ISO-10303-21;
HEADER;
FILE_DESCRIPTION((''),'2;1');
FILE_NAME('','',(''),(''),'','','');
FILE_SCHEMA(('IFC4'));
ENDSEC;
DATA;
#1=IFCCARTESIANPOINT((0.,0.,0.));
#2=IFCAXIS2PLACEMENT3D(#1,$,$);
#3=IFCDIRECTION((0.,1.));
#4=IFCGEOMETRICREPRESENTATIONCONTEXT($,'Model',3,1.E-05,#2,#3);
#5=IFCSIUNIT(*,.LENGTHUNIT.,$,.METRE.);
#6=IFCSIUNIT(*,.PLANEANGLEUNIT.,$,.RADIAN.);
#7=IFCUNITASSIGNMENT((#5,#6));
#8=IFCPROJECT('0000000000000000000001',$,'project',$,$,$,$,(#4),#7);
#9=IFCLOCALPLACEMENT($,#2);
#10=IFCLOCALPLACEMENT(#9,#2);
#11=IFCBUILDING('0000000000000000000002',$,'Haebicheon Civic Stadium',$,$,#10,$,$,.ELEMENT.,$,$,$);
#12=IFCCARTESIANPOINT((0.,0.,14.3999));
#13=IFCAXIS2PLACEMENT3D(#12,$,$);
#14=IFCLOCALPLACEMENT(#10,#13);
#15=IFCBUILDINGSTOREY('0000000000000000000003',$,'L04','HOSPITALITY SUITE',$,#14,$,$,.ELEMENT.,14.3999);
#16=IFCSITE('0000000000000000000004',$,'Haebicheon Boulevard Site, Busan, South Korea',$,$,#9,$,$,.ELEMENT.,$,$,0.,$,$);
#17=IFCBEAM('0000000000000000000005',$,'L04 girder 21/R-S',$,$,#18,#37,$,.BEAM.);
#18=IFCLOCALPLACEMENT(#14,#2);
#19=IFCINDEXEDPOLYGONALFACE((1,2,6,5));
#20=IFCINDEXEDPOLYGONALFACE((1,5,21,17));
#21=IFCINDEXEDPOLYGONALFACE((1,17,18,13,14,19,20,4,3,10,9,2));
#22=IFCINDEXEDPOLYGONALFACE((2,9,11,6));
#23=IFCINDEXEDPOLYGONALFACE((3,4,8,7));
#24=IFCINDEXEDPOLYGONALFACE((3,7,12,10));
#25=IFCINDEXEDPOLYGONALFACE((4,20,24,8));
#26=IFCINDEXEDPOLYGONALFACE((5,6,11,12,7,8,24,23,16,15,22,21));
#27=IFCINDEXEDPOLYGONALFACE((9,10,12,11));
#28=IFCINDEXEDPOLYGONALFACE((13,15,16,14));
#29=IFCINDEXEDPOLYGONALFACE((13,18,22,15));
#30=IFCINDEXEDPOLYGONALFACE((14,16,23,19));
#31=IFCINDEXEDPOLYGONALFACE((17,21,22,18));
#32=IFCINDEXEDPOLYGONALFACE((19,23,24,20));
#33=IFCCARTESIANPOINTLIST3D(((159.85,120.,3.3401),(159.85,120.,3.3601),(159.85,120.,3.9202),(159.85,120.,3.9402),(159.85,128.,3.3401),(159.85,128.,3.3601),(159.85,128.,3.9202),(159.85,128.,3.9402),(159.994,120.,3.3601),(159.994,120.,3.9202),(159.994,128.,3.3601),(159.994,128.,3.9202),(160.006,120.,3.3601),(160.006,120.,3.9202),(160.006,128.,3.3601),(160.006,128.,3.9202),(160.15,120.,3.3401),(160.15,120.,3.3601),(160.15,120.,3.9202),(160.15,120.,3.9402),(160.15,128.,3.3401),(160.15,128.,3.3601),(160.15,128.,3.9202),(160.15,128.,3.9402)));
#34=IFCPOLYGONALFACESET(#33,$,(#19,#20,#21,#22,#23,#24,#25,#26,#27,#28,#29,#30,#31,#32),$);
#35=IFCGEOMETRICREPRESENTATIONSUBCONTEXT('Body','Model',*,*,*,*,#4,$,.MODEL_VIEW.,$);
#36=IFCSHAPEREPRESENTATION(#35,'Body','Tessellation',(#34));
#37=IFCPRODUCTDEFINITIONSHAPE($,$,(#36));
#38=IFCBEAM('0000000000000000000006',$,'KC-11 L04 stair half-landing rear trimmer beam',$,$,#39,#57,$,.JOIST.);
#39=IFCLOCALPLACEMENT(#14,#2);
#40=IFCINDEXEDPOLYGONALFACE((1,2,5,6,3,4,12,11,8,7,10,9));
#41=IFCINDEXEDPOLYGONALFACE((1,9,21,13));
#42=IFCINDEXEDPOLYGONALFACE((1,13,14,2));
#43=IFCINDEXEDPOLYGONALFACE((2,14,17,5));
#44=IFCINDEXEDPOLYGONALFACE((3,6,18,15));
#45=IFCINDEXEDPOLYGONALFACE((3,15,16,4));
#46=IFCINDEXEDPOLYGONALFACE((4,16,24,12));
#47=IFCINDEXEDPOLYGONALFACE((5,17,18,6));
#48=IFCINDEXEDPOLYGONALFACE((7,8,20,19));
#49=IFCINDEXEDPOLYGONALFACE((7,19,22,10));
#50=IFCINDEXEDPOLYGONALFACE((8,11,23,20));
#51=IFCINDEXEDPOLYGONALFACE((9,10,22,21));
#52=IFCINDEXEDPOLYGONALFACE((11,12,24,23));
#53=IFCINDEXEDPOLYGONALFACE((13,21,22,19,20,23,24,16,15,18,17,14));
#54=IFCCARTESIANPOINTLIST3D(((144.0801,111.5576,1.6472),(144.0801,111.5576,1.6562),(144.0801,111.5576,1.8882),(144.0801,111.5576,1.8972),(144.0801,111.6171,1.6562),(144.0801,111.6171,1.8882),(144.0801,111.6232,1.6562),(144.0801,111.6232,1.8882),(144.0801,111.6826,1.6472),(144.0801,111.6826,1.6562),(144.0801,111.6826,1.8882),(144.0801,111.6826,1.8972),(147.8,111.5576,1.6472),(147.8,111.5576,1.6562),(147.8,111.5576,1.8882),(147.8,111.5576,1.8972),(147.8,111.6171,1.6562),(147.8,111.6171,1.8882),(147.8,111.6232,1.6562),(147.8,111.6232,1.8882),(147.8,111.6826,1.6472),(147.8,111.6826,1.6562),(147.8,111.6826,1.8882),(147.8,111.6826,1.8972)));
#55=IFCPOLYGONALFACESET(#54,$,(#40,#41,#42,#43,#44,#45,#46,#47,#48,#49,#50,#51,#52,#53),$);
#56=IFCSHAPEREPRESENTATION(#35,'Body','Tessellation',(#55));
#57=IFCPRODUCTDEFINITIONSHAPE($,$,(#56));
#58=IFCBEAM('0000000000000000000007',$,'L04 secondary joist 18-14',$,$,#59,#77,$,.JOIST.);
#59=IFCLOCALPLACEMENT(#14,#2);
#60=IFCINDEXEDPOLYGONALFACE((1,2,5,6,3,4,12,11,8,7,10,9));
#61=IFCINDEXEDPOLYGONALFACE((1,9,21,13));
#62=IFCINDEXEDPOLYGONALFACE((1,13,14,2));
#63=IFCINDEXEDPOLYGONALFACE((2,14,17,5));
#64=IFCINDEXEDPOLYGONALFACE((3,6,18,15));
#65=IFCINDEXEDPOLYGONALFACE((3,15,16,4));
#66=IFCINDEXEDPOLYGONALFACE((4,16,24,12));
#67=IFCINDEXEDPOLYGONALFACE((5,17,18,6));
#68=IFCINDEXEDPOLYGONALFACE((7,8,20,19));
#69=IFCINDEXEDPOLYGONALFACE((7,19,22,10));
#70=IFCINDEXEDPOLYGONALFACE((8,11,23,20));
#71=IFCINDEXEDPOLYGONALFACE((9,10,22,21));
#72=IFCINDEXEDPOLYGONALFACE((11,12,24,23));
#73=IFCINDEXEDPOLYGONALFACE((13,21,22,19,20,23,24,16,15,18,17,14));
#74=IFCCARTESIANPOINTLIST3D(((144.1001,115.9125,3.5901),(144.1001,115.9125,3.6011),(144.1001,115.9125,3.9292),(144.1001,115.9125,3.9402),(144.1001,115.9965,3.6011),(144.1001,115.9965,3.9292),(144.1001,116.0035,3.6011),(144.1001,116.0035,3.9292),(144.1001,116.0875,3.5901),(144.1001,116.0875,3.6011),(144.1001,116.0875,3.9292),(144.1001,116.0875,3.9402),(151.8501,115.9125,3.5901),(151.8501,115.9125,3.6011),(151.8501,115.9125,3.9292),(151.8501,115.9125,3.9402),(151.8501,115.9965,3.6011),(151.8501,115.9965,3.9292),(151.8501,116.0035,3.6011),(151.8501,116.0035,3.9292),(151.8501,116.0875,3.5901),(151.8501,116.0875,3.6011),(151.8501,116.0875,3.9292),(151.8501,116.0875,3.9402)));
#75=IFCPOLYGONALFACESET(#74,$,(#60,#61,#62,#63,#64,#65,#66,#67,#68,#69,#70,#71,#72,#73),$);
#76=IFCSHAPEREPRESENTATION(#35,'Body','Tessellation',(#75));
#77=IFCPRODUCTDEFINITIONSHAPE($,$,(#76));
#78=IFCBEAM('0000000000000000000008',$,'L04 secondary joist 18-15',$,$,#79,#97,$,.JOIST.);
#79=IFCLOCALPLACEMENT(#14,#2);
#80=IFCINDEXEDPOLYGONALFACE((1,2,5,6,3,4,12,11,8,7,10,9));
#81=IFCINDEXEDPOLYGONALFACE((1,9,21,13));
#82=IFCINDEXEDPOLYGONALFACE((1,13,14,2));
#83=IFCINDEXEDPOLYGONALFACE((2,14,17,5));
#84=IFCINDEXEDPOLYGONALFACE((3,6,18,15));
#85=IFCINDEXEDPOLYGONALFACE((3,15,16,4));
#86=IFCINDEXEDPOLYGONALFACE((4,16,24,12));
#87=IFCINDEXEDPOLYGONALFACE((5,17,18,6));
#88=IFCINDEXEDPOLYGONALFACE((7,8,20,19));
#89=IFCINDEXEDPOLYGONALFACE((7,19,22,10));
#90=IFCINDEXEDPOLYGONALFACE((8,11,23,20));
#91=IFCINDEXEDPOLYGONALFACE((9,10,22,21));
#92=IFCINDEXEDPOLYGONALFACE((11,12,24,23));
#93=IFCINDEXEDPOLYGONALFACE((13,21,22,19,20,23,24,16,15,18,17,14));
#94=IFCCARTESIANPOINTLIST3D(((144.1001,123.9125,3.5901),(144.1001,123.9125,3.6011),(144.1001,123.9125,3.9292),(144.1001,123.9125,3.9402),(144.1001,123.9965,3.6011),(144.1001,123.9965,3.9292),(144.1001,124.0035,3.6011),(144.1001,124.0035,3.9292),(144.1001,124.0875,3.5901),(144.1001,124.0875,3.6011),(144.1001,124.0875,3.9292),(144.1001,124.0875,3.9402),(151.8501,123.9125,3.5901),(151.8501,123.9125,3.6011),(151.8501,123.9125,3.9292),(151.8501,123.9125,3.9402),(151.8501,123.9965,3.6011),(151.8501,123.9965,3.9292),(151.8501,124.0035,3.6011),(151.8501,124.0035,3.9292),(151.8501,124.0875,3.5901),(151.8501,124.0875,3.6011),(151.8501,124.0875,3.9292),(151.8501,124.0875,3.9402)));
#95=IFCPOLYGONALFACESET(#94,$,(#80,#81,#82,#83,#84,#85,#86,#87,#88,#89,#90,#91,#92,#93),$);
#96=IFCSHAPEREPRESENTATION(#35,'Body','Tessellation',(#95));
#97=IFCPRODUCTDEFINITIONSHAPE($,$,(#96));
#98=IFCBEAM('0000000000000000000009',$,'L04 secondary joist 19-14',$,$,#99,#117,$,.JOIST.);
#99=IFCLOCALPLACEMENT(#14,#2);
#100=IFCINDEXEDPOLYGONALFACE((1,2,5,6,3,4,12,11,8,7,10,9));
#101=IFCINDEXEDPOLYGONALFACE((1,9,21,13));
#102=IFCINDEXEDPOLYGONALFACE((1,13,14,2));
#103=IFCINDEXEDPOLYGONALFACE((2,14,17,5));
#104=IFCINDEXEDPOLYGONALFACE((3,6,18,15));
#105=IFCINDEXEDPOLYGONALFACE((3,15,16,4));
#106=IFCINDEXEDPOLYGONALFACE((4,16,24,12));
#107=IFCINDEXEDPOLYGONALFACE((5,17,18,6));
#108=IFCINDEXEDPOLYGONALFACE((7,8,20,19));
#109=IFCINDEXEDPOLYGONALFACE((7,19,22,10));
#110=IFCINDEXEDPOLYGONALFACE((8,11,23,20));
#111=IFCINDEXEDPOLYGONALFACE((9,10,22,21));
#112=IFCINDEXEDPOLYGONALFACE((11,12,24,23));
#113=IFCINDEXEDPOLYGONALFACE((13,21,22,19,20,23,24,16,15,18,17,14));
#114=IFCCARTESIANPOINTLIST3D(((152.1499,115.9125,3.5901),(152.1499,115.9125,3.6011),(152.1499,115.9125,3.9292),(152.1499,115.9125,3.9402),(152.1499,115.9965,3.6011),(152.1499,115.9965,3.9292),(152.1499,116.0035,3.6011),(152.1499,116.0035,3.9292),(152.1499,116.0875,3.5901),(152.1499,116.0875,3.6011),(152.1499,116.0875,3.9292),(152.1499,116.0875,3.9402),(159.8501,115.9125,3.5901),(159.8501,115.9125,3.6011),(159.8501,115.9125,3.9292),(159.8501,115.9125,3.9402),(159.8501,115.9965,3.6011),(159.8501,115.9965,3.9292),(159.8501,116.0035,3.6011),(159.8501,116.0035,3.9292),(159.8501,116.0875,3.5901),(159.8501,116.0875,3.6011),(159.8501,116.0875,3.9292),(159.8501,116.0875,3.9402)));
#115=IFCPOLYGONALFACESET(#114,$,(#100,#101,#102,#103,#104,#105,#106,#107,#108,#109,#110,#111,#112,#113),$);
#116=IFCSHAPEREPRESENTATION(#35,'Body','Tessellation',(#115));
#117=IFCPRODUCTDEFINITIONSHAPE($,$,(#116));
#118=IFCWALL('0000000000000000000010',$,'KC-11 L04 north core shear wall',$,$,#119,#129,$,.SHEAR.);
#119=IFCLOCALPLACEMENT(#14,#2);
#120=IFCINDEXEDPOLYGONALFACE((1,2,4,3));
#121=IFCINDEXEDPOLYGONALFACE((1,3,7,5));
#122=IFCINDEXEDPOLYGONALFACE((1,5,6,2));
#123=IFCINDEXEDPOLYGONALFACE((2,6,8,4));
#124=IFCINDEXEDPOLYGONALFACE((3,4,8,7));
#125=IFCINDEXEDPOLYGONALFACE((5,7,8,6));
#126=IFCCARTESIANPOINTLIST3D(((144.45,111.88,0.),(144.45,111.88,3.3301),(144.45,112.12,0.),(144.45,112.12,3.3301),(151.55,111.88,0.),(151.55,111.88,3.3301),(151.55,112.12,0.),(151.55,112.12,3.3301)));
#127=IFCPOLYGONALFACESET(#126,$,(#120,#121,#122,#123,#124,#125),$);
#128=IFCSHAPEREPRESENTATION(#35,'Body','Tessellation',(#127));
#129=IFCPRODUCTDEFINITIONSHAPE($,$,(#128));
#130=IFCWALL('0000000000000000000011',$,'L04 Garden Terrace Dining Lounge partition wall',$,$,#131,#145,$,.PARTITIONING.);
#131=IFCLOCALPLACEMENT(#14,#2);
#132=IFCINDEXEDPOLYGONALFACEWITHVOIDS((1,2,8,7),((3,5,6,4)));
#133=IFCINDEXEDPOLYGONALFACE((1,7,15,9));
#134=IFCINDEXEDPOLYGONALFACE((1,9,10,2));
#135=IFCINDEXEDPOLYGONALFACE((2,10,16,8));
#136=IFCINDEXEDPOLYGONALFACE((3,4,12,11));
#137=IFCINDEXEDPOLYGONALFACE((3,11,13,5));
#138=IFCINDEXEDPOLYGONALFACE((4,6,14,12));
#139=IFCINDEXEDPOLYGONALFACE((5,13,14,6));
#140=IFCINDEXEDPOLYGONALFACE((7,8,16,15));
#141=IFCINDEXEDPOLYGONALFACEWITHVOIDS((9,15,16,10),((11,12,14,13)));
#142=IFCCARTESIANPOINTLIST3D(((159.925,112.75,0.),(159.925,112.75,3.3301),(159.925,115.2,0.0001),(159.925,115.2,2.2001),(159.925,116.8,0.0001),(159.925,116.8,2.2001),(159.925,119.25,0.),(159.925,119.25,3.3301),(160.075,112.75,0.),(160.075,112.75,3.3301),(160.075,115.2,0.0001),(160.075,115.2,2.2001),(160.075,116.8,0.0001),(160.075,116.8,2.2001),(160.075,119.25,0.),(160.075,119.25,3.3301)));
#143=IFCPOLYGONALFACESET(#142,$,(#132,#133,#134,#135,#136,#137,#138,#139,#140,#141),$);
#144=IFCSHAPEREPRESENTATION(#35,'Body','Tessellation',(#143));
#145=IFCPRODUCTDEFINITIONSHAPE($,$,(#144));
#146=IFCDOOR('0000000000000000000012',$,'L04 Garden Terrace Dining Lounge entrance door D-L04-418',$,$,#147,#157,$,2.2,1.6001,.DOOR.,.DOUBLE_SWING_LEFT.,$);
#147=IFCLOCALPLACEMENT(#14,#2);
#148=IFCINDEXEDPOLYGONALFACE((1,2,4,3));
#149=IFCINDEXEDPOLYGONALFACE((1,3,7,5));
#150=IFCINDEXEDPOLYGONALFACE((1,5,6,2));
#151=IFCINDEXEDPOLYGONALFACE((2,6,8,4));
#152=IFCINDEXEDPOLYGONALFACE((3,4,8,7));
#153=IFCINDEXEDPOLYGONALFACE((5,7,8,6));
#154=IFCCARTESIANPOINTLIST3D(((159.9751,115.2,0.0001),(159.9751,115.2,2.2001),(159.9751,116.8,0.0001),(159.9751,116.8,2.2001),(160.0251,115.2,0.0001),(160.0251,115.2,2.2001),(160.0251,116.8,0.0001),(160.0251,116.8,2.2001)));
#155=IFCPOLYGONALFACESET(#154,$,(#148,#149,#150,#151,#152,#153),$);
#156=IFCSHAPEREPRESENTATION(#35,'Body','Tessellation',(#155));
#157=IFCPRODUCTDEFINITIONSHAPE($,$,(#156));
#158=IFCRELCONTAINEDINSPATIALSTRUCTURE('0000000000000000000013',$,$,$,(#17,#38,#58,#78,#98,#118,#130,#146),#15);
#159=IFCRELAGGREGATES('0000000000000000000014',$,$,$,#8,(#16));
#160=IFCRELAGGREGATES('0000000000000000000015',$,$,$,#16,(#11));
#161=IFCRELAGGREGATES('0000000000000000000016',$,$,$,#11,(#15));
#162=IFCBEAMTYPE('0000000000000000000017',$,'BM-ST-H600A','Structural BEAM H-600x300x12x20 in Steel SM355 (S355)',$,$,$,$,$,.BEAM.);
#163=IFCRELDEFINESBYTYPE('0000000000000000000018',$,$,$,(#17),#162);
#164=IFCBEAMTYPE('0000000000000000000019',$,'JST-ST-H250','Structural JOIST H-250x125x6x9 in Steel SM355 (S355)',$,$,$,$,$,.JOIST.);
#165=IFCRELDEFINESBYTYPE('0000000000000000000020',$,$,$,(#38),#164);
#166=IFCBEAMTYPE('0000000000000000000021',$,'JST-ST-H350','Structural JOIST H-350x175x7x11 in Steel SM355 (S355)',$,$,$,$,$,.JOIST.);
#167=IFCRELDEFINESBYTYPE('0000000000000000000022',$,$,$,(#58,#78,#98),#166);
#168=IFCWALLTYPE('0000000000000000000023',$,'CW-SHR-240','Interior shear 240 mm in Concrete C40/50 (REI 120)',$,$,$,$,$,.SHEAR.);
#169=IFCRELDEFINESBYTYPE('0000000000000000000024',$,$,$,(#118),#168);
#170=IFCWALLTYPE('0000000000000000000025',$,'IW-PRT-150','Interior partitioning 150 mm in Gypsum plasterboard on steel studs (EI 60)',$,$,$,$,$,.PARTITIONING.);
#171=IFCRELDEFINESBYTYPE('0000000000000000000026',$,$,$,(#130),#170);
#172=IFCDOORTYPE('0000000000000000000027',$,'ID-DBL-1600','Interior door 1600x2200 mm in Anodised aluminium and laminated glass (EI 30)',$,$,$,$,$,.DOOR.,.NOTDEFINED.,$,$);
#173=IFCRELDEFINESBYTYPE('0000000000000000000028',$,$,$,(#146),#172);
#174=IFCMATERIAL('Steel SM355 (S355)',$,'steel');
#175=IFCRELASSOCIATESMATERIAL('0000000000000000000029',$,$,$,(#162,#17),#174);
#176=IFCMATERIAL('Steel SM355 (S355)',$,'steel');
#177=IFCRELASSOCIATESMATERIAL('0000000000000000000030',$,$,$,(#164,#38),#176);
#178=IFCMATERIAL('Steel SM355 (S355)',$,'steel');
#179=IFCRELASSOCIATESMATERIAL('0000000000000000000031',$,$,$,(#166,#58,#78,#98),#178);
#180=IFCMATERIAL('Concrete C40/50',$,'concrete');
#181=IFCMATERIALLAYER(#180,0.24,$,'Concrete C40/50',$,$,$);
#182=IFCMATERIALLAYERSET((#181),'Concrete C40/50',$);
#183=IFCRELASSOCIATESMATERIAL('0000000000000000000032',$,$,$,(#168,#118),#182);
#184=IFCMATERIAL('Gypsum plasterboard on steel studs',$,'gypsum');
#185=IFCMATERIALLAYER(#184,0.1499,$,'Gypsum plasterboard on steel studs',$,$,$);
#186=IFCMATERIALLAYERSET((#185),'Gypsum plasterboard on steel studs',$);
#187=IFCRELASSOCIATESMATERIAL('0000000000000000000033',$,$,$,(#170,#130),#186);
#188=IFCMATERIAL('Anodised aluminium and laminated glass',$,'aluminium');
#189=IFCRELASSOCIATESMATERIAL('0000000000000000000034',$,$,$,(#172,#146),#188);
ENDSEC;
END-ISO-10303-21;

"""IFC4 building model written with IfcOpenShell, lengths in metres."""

from ifc_helpers import new_model, si_unit, direction, frame, frame_2d, origin, origin_2d, place, context, subcontext, project, spatial, rectangle, i_section, extrude, material, layer, layer_set, material_profile, profile_set, type_object, element, fill, save


model = new_model("IFC4")

# Units and contexts
model_context = context("Model", 3, precision=1e-05, world=origin(), true_north=direction((0.0, 1.0)))
body_context = subcontext(model_context, "Body", "Model", "MODEL_VIEW")
ifc_project = project(units=[si_unit("LENGTHUNIT", "METRE"), si_unit("PLANEANGLEUNIT", "RADIAN")], contexts=[model_context])

# Site, building, storey
site_placement = place(None, origin())
site = spatial("IfcSite", under=ifc_project, at=site_placement, Name="Haebicheon Boulevard Site, Busan, South Korea", CompositionType="ELEMENT", RefElevation=0.0)
building_placement = place(site_placement, origin())
building = spatial("IfcBuilding", under=site, at=building_placement, Name="Haebicheon Civic Stadium", CompositionType="ELEMENT")
storey_placement = place(building_placement, frame((0.0, 0.0, 14.3999)))
storey = spatial("IfcBuildingStorey", under=building, at=storey_placement, Name="L04", Description="HOSPITALITY SUITE", CompositionType="ELEMENT", Elevation=14.3999)

# Beams
ifc_material_1 = material(Name="Steel SM355 (S355)", Category="steel")
ifc_material_profile_1 = material_profile(ifc_material_1, i_section(OverallWidth=0.3, OverallDepth=0.6001, WebThickness=0.012, FlangeThickness=0.02, at=origin_2d()), Name="H-600x300x12x20")
ifc_profile_set_1 = profile_set([ifc_material_profile_1], Name="Steel SM355 (S355)")
beam_type_1 = type_object("IfcBeamType", Name="BM-ST-H600A", Description="Structural BEAM H-600x300x12x20 in Steel SM355 (S355)", PredefinedType="BEAM", material=ifc_profile_set_1)
for number, where, z_axis, x_axis, name in (
    (1, (160.0, 120.0, 3.6401), (0.0, 1.0, 0.0), (-1.0, 0.0, 0.0), "L04 girder 21/R-S"),
):
    element("IfcBeam", number, at=place(storey_placement, frame(where, z_axis=z_axis, x_axis=x_axis)), inside=storey, type_object=beam_type_1, material=ifc_profile_set_1, Name=name, PredefinedType="BEAM", context=body_context, shape_type="SweptSolid", body=[
        extrude(i_section(OverallWidth=0.3, OverallDepth=0.6001, WebThickness=0.012, FlangeThickness=0.02, at=origin_2d()), origin(), (0.0, 0.0, 1.0), 8.0),
    ])
ifc_material_2 = material(Name="Steel SM355 (S355)", Category="steel")
ifc_material_profile_2 = material_profile(ifc_material_2, i_section(OverallWidth=0.125, OverallDepth=0.25, WebThickness=0.0061, FlangeThickness=0.009, at=origin_2d()), Name="H-250x125x6x9")
ifc_profile_set_2 = profile_set([ifc_material_profile_2], Name="Steel SM355 (S355)")
beam_type_2 = type_object("IfcBeamType", Name="JST-ST-H250", Description="Structural JOIST H-250x125x6x9 in Steel SM355 (S355)", PredefinedType="JOIST", material=ifc_profile_set_2)
beam_1_placement = place(storey_placement, frame((144.0801, 111.6201, 1.7722), z_axis=(1.0, 0.0, 0.0), x_axis=(0.0, 1.0, 0.0)))
element("IfcBeam", 2, at=beam_1_placement, inside=storey, type_object=beam_type_2, material=ifc_profile_set_2, Name="KC-11 L04 stair half-landing rear trimmer beam", PredefinedType="JOIST", context=body_context, shape_type="SweptSolid", body=[
    extrude(i_section(OverallWidth=0.125, OverallDepth=0.25, WebThickness=0.0061, FlangeThickness=0.009, at=origin_2d()), origin(), (0.0, 0.0, 1.0), 3.72),
])
ifc_material_3 = material(Name="Steel SM355 (S355)", Category="steel")
ifc_material_profile_3 = material_profile(ifc_material_3, i_section(OverallWidth=0.175, OverallDepth=0.3501, WebThickness=0.0071, FlangeThickness=0.011, at=origin_2d()), Name="H-350x175x7x11")
ifc_profile_set_3 = profile_set([ifc_material_profile_3], Name="Steel SM355 (S355)")
beam_type_3 = type_object("IfcBeamType", Name="JST-ST-H350", Description="Structural JOIST H-350x175x7x11 in Steel SM355 (S355)", PredefinedType="JOIST", material=ifc_profile_set_3)
for number, where, z_axis, x_axis, name in (
    (3, (144.1001, 116.0, 3.7651), (1.0, 0.0, 0.0), (0.0, 1.0, 0.0), "L04 secondary joist 18-14"),
    (4, (144.1001, 124.0, 3.7651), (1.0, 0.0, 0.0), (0.0, 1.0, 0.0), "L04 secondary joist 18-15"),
):
    element("IfcBeam", number, at=place(storey_placement, frame(where, z_axis=z_axis, x_axis=x_axis)), inside=storey, type_object=beam_type_3, material=ifc_profile_set_3, Name=name, PredefinedType="JOIST", context=body_context, shape_type="SweptSolid", body=[
        extrude(i_section(OverallWidth=0.175, OverallDepth=0.3501, WebThickness=0.0071, FlangeThickness=0.011, at=origin_2d()), origin(), (0.0, 0.0, 1.0), 7.75),
    ])
beam_2_placement = place(storey_placement, frame((152.1499, 116.0, 3.7651), z_axis=(1.0, 0.0, 0.0), x_axis=(0.0, 1.0, 0.0)))
element("IfcBeam", 5, at=beam_2_placement, inside=storey, type_object=beam_type_3, material=ifc_profile_set_3, Name="L04 secondary joist 19-14", PredefinedType="JOIST", context=body_context, shape_type="SweptSolid", body=[
    extrude(i_section(OverallWidth=0.175, OverallDepth=0.3501, WebThickness=0.0071, FlangeThickness=0.011, at=origin_2d()), origin(), (0.0, 0.0, 1.0), 7.7002),
])

# Wall
ifc_material_4 = material(Name="Concrete C40/50", Category="concrete")
ifc_layer_1 = layer(ifc_material_4, 0.24, Name="Concrete C40/50")
ifc_layer_set_1 = layer_set([ifc_layer_1], Name="Concrete C40/50")
wall_type_1 = type_object("IfcWallType", Name="CW-SHR-240", Description="Interior shear 240 mm in Concrete C40/50 (REI 120)", PredefinedType="SHEAR", material=ifc_layer_set_1)
wall_1_placement = place(storey_placement, frame((144.45, 112.0, 0.0), z_axis=(0.0, 0.0, 1.0), x_axis=(1.0, 0.0, 0.0)))
element("IfcWall", 6, at=wall_1_placement, inside=storey, type_object=wall_type_1, material=ifc_layer_set_1, Name="KC-11 L04 north core shear wall", PredefinedType="SHEAR", context=body_context, shape_type="SweptSolid", body=[
    extrude(rectangle(XDim=7.1001, YDim=0.24, at=frame_2d((3.55, 0.0))), origin(), (0.0, 0.0, 1.0), 3.3301),
])

# Wall, opening, door
ifc_material_5 = material(Name="Gypsum plasterboard on steel studs", Category="gypsum")
ifc_layer_2 = layer(ifc_material_5, 0.1499, Name="Gypsum plasterboard on steel studs")
ifc_layer_set_2 = layer_set([ifc_layer_2], Name="Gypsum plasterboard on steel studs")
wall_type_2 = type_object("IfcWallType", Name="IW-PRT-150", Description="Interior partitioning 150 mm in Gypsum plasterboard on steel studs (EI 60)", PredefinedType="PARTITIONING", material=ifc_layer_set_2)
wall_2_placement = place(storey_placement, frame((160.0, 112.75, 0.0), z_axis=(0.0, 0.0, 1.0), x_axis=(0.0, 1.0, 0.0)))
wall_2 = element("IfcWall", 7, at=wall_2_placement, inside=storey, type_object=wall_type_2, material=ifc_layer_set_2, Name="L04 Garden Terrace Dining Lounge partition wall", PredefinedType="PARTITIONING", context=body_context, shape_type="SweptSolid", body=[
    extrude(rectangle(XDim=6.5, YDim=0.1499, at=frame_2d((3.25, 0.0))), origin(), (0.0, 0.0, 1.0), 3.3301),
])
opening_placement = place(wall_2_placement, frame((2.45, 0.0, 0.0)))
opening = element("IfcOpeningElement", 8, at=opening_placement, cuts=wall_2, PredefinedType="OPENING", context=body_context, shape_type="SweptSolid", body=[
    extrude(rectangle(XDim=1.6001, YDim=2.2, at=frame_2d((0.8, 1.1001))), frame((0.0, 0.085, 0.0), z_axis=(0.0, -1.0, 0.0), x_axis=(1.0, 0.0, 0.0)), (0.0, 0.0, 1.0), 0.1699),
])
ifc_material_6 = material(Name="Anodised aluminium and laminated glass", Category="aluminium")
door_type = type_object("IfcDoorType", Name="ID-DBL-1600", Description="Interior door 1600x2200 mm in Anodised aluminium and laminated glass (EI 30)", OperationType="NOTDEFINED", PredefinedType="DOOR", material=ifc_material_6)
door_placement = place(opening_placement, origin())
door = element("IfcDoor", 9, at=door_placement, inside=storey, type_object=door_type, material=ifc_material_6, Name="L04 Garden Terrace Dining Lounge entrance door D-L04-418", OperationType="DOUBLE_SWING_LEFT", OverallHeight=2.2, OverallWidth=1.6001, PredefinedType="DOOR", context=body_context, shape_type="SweptSolid", body=[
    extrude(rectangle(XDim=1.6001, YDim=2.2, at=frame_2d((0.8, 1.1001))), frame((0.0, 0.0249, 0.0), z_axis=(0.0, -1.0, 0.0), x_axis=(1.0, 0.0, 0.0)), (0.0, 0.0, 1.0), 0.05),
])
fill(opening, door)

save(model, "model.ifc")
